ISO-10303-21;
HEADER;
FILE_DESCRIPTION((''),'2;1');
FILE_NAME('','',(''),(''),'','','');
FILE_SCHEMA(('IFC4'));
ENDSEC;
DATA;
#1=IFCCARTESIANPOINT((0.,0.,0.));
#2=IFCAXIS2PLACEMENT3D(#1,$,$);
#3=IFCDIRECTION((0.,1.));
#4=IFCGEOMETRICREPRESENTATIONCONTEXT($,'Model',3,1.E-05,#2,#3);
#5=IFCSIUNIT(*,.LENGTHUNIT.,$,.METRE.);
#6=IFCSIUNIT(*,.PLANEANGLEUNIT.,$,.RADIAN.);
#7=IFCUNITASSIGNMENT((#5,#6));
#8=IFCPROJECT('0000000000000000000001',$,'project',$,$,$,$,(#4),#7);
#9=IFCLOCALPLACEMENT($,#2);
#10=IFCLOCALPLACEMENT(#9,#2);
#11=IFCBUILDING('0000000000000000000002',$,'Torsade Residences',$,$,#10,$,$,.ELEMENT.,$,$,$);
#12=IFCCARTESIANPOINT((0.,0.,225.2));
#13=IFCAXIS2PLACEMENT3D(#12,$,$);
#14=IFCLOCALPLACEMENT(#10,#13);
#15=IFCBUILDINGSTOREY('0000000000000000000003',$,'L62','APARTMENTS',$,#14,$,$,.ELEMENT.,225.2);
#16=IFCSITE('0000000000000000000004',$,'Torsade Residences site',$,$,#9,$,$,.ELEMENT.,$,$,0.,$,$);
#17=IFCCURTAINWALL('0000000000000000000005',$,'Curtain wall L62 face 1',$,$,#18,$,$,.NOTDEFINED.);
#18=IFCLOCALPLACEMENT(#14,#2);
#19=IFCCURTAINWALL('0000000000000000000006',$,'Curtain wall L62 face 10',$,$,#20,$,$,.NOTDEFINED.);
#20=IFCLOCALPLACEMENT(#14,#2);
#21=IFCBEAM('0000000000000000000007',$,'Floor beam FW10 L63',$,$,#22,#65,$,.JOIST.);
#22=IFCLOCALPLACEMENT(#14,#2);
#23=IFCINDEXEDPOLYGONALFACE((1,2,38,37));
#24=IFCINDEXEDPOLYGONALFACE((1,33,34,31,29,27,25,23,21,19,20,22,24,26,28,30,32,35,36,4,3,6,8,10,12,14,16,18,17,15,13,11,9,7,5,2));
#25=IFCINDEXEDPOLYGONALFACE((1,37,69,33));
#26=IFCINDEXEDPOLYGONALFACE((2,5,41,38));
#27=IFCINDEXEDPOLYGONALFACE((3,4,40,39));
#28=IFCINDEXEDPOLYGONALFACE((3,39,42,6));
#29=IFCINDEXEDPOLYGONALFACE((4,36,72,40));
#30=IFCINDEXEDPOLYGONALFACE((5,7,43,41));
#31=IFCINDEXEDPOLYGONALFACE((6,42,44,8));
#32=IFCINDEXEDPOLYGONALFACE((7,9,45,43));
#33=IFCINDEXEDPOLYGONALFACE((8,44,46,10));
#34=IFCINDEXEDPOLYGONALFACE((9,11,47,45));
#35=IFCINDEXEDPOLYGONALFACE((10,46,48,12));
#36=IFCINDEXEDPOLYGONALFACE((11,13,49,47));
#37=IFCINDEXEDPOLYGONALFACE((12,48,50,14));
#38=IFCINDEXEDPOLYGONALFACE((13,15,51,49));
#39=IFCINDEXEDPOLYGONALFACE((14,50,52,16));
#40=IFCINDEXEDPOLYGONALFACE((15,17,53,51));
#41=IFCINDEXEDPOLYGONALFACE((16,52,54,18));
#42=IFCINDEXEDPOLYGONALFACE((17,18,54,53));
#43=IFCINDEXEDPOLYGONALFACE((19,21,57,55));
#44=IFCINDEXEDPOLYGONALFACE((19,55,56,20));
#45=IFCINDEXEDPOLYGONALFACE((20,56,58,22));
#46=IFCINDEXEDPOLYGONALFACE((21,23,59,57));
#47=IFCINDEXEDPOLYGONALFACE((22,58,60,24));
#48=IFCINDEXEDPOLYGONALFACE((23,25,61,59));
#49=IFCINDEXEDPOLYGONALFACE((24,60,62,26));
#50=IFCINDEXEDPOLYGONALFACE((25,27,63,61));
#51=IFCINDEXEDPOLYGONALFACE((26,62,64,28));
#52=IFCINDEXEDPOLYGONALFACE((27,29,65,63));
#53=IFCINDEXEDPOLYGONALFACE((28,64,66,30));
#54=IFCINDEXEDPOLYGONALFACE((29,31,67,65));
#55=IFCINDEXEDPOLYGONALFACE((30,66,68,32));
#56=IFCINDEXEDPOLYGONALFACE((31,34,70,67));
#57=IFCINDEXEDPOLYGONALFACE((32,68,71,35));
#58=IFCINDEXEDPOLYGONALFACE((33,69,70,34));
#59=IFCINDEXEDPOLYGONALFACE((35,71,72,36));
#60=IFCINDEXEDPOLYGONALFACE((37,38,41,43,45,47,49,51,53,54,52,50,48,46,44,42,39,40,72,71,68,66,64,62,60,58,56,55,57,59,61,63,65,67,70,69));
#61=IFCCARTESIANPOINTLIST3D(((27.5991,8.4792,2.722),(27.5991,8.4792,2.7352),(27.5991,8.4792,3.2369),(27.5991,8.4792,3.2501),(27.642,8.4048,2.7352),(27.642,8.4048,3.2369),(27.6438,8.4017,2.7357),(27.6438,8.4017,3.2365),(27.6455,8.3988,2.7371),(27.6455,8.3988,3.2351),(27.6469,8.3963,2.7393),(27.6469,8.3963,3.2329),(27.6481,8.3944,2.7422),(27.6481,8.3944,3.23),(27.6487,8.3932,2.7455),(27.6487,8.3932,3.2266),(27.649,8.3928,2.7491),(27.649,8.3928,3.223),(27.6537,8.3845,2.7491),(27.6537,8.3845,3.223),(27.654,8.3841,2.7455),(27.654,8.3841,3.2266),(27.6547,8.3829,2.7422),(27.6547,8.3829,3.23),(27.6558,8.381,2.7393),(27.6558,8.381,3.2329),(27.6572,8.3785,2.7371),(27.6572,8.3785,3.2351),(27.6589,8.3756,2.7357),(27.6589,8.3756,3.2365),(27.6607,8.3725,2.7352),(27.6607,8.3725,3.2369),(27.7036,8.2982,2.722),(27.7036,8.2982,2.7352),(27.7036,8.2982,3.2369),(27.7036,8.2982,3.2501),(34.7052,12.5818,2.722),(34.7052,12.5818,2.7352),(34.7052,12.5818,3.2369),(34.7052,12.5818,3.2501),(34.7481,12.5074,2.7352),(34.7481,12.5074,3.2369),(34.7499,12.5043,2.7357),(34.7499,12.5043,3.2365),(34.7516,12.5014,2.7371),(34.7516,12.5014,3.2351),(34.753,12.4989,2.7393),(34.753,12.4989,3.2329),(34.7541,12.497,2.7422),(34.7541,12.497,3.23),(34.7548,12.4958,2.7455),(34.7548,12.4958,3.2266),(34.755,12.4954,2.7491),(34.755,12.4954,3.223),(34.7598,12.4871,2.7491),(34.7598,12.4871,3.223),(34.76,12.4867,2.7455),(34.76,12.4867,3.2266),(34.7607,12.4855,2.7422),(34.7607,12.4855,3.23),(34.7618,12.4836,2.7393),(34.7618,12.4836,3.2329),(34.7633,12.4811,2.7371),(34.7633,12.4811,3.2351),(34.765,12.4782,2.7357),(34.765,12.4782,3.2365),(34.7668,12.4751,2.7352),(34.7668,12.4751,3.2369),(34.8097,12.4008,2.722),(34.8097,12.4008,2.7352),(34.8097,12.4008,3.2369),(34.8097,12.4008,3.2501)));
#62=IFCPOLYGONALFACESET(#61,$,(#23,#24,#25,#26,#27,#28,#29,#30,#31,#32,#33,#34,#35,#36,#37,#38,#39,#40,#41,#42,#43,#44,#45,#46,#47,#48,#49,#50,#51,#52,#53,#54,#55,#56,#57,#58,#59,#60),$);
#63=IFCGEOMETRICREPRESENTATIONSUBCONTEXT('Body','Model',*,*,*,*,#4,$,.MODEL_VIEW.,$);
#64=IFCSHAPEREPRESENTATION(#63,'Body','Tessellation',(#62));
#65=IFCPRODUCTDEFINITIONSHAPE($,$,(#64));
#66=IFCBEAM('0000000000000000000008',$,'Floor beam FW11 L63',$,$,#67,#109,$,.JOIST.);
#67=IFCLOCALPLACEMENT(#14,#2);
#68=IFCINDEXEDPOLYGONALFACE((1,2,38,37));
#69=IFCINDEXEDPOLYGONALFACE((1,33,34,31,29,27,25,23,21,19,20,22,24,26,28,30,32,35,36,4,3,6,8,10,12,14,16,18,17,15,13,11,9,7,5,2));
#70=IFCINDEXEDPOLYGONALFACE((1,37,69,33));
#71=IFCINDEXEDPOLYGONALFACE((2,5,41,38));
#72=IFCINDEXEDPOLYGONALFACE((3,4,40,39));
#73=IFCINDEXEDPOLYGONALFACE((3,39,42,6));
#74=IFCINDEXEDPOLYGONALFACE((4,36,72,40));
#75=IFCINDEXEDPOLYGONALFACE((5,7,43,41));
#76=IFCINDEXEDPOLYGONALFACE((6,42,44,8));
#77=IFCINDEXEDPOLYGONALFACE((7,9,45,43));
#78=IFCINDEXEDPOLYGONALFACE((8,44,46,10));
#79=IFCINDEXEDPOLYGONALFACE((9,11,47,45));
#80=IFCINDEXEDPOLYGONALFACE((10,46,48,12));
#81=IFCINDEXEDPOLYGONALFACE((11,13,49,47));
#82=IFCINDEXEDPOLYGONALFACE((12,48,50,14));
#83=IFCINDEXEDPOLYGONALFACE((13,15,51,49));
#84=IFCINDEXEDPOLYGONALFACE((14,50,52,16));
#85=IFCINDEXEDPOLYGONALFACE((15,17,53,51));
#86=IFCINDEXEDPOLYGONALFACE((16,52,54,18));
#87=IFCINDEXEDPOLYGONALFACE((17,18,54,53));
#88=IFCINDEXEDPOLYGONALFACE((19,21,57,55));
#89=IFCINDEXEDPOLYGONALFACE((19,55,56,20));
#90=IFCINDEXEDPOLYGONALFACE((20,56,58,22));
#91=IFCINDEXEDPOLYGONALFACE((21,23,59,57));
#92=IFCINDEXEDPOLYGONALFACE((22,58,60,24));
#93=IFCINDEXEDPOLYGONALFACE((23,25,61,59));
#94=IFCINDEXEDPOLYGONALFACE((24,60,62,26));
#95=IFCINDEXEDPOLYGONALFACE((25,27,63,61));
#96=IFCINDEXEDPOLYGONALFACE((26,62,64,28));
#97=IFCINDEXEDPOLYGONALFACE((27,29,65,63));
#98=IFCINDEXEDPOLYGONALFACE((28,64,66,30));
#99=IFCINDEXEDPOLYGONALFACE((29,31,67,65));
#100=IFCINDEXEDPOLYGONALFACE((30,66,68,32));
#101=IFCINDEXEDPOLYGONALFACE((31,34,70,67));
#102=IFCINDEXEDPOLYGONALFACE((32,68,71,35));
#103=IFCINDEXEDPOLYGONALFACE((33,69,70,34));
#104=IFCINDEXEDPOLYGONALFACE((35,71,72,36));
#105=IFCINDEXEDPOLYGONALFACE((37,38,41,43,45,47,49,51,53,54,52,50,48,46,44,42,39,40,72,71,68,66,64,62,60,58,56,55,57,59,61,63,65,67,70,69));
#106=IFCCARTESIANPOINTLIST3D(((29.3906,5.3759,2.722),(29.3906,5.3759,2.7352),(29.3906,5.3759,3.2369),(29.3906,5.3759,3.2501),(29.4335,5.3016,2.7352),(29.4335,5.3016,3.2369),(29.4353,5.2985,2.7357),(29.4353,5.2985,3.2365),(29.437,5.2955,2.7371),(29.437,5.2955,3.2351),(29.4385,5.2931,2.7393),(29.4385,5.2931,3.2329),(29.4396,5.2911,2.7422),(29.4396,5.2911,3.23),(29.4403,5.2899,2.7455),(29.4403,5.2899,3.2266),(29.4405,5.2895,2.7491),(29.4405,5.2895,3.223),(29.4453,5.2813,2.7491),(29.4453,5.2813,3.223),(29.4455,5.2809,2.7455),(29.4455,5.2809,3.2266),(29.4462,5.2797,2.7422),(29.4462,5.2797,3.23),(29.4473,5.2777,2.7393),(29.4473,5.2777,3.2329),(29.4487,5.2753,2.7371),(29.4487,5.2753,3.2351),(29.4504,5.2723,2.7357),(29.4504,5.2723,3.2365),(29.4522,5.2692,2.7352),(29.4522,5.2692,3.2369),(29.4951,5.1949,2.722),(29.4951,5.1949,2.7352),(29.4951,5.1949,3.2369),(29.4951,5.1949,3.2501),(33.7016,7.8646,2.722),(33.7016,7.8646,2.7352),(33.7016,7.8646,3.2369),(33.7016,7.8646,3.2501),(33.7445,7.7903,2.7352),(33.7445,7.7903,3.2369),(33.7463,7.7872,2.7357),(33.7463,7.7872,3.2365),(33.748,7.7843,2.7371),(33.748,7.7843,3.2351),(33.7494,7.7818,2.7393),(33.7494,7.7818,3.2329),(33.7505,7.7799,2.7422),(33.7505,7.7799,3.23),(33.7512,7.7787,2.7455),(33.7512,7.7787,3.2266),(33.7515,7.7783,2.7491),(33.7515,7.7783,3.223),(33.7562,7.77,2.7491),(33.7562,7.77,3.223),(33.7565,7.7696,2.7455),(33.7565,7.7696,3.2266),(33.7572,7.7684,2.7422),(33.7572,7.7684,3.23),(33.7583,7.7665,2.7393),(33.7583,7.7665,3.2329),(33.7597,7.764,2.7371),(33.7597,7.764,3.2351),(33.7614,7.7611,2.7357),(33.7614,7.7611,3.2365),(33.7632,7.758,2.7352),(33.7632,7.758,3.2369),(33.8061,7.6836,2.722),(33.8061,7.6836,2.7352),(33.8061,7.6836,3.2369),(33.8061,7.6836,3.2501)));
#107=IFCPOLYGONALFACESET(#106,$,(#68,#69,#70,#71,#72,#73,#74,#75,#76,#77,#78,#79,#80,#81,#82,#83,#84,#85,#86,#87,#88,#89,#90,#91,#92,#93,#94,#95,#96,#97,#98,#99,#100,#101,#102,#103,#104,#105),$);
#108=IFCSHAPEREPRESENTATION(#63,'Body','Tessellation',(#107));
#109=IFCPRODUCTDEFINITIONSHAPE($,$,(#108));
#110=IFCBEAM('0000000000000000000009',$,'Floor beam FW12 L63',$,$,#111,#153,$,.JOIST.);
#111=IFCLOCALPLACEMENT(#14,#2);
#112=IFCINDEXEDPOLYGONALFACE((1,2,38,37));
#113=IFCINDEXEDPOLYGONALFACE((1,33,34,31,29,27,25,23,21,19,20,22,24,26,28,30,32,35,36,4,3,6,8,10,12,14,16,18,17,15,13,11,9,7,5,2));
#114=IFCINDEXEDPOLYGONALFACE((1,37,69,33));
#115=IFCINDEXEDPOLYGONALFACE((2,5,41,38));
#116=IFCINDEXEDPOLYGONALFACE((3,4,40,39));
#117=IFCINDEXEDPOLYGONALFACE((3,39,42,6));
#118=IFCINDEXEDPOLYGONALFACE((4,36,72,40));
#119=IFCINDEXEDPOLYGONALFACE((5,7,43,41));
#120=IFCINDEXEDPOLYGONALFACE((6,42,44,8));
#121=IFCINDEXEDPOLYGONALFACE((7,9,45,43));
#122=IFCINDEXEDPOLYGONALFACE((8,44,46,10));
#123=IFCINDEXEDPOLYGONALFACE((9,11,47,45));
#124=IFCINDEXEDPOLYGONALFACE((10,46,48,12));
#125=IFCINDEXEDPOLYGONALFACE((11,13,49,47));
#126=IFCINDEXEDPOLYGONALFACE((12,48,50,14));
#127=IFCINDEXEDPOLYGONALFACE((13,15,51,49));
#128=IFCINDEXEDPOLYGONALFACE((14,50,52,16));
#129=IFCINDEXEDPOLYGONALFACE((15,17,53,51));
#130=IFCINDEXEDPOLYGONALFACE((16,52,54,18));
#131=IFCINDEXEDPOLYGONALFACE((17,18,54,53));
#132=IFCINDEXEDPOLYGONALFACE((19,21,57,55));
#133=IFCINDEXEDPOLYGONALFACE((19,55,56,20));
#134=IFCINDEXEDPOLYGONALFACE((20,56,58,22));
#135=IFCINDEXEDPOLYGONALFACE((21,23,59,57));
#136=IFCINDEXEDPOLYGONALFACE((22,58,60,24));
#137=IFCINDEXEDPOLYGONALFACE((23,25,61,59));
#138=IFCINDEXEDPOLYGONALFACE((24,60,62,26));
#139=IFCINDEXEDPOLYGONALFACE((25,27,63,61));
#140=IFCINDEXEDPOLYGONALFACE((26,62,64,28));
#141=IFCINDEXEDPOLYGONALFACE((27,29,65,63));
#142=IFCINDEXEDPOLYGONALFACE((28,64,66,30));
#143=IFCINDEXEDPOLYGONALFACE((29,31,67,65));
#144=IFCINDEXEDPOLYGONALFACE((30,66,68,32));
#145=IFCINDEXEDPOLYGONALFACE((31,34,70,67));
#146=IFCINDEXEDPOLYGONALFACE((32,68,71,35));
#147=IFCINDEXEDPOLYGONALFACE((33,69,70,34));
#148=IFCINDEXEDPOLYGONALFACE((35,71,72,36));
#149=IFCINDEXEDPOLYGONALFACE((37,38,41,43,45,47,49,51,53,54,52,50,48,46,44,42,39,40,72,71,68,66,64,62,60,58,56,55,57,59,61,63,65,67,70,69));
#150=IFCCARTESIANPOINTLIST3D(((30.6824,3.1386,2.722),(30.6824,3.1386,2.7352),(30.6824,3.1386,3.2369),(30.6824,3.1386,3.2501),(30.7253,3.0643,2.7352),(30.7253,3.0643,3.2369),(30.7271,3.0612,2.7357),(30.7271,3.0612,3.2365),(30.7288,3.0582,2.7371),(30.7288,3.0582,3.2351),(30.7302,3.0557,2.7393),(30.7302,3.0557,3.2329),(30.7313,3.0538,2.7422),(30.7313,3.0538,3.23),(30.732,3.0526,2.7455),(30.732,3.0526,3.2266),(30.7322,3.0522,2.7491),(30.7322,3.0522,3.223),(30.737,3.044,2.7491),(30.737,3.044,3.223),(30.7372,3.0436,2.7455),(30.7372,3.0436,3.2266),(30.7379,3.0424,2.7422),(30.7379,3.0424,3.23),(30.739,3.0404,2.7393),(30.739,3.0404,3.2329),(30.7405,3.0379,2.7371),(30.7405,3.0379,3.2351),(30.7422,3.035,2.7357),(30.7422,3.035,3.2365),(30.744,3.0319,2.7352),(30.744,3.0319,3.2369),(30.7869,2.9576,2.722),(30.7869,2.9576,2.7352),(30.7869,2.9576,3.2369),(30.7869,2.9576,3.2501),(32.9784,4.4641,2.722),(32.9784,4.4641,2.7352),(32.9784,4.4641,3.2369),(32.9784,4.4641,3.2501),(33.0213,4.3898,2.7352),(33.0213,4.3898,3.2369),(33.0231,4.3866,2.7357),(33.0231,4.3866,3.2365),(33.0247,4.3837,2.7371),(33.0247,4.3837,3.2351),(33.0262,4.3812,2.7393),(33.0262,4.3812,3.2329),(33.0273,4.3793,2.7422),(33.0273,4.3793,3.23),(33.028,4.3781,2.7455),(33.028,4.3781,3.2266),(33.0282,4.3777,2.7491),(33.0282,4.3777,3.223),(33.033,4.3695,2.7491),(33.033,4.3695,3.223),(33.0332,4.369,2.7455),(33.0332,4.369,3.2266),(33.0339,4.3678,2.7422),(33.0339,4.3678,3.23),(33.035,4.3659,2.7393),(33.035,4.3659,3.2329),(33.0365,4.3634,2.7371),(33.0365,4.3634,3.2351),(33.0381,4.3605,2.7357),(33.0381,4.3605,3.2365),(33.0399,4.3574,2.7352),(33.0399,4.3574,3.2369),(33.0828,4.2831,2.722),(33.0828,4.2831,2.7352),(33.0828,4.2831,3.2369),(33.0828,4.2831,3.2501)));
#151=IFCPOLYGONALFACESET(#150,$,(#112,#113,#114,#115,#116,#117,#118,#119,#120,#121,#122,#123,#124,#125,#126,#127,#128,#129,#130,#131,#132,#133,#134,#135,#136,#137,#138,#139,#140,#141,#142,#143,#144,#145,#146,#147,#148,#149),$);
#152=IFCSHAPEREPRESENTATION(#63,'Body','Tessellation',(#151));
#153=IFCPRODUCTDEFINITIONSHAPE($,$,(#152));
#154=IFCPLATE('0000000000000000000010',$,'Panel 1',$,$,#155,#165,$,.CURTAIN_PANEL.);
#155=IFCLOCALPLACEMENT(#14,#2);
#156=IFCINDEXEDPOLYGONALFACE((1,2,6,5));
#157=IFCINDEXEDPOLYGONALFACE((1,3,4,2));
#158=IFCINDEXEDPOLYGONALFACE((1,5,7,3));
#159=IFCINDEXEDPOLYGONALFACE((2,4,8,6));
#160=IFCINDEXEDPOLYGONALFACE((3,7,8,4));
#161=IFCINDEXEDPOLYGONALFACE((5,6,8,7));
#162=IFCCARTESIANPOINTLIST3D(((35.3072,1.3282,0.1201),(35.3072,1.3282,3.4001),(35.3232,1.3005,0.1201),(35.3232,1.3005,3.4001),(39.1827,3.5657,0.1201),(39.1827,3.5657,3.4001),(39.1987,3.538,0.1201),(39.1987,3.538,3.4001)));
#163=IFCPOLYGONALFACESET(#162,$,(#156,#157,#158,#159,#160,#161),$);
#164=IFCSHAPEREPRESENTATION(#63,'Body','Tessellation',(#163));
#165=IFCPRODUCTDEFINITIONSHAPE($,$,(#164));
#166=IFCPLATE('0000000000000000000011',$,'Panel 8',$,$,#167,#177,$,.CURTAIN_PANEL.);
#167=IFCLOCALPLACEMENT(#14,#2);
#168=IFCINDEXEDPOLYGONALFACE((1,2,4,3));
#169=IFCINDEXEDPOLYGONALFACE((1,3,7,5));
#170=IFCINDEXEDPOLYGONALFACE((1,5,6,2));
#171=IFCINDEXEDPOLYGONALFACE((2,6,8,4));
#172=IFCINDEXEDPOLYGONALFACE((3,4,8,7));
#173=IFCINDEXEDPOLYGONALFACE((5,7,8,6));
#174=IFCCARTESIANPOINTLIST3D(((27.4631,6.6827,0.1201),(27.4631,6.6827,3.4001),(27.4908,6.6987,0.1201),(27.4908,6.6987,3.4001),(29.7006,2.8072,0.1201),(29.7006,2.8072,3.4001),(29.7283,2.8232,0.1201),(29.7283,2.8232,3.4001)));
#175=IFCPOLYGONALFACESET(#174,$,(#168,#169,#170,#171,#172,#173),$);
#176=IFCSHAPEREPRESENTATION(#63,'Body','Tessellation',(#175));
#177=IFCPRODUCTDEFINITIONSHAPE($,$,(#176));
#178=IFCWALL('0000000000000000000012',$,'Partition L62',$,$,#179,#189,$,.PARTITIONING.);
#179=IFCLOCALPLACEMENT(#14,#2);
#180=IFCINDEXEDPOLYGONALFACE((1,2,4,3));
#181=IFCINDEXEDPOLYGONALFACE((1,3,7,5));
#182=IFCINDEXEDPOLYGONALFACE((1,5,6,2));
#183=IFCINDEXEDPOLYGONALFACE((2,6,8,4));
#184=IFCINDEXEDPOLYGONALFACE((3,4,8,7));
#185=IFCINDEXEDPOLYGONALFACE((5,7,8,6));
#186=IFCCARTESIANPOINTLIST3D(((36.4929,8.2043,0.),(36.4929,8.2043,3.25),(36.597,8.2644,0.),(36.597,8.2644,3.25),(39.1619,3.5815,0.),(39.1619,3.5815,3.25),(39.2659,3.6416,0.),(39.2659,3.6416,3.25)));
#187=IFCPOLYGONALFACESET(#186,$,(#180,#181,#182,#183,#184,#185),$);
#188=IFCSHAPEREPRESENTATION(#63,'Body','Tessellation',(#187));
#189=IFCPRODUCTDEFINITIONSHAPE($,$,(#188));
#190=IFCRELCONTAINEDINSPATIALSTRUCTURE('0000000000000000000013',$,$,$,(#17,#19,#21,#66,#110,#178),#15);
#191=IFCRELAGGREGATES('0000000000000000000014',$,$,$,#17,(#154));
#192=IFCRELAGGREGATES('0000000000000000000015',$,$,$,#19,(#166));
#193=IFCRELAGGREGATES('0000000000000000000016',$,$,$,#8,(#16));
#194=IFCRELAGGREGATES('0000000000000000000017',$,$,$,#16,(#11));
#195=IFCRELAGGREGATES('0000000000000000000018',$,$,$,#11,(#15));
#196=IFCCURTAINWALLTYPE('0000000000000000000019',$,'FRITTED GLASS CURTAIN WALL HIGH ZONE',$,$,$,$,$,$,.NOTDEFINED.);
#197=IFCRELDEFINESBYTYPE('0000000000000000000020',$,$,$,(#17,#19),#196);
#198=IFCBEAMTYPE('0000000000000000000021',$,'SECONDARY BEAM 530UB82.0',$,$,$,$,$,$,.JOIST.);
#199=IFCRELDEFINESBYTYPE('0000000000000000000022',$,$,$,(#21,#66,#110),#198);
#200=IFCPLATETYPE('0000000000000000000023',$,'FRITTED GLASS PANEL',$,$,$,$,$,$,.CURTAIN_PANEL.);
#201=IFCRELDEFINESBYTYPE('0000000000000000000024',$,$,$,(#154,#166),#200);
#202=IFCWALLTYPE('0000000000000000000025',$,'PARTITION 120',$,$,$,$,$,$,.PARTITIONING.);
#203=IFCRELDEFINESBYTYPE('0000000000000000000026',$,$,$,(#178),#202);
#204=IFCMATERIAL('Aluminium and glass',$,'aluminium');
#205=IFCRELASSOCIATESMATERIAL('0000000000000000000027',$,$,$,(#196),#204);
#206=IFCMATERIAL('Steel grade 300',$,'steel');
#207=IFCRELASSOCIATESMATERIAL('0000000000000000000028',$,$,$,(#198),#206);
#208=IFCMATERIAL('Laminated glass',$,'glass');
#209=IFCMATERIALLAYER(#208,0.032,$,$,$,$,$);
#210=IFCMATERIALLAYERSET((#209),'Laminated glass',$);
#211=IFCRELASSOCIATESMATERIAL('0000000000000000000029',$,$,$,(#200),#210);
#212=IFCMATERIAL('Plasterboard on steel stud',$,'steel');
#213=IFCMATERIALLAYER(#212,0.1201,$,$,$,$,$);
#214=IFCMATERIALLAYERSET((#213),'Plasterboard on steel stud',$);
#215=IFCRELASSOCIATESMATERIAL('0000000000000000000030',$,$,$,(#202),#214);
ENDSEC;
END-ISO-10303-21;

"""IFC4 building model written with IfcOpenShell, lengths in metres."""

from ifc_helpers import new_model, si_unit, direction, frame, frame_2d, origin, origin_2d, place, context, subcontext, project, spatial, rectangle, i_section, extrude, material, layer, layer_set, material_profile, profile_set, type_object, element, aggregate, save


model = new_model("IFC4")

# Units and contexts
model_context = context("Model", 3, precision=1e-05, world=origin(), true_north=direction((0.0, 1.0)))
body_context = subcontext(model_context, "Body", "Model", "MODEL_VIEW")
ifc_project = project(units=[si_unit("LENGTHUNIT", "METRE"), si_unit("PLANEANGLEUNIT", "RADIAN")], contexts=[model_context])

# Site, building, storey
site_placement = place(None, origin())
site = spatial("IfcSite", under=ifc_project, at=site_placement, Name="Torsade Residences site", CompositionType="ELEMENT", RefElevation=0.0)
building_placement = place(site_placement, origin())
building = spatial("IfcBuilding", under=site, at=building_placement, Name="Torsade Residences", CompositionType="ELEMENT")
storey_placement = place(building_placement, frame((0.0, 0.0, 225.2)))
storey = spatial("IfcBuildingStorey", under=building, at=storey_placement, Name="L62", Description="APARTMENTS", CompositionType="ELEMENT", Elevation=225.2)

# Curtain walls
ifc_material_1 = material(Name="Aluminium and glass", Category="aluminium")
curtain_wall_type = type_object("IfcCurtainWallType", Name="FRITTED GLASS CURTAIN WALL HIGH ZONE", PredefinedType="NOTDEFINED", material=ifc_material_1)
curtain_wall_1_placement = place(storey_placement, origin())
curtain_wall_1 = element("IfcCurtainWall", 1, at=curtain_wall_1_placement, inside=storey, type_object=curtain_wall_type, Name="Curtain wall L62 face 1", PredefinedType="NOTDEFINED")
curtain_wall_2_placement = place(storey_placement, origin())
curtain_wall_2 = element("IfcCurtainWall", 2, at=curtain_wall_2_placement, inside=storey, type_object=curtain_wall_type, Name="Curtain wall L62 face 10", PredefinedType="NOTDEFINED")

# Beams
ifc_material_2 = material(Name="Steel grade 300", Category="steel")
ifc_material_profile_1 = material_profile(ifc_material_2, i_section(OverallWidth=0.209, OverallDepth=0.5281, WebThickness=0.0095, FlangeThickness=0.0132, FilletRadius=0.0139, at=origin_2d()), Name="530UB82.0")
ifc_profile_set_1 = profile_set([ifc_material_profile_1], Name="Steel grade 300")
beam_type_1 = type_object("IfcBeamType", Name="SECONDARY BEAM 530UB82.0", PredefinedType="JOIST", material=ifc_profile_set_1)
beam_1_placement = place(storey_placement, frame((27.6514, 8.3887, 2.9861), z_axis=(0.86603, 0.499992, 0.0), x_axis=(-0.499992, 0.86603, 0.0)))
element("IfcBeam", 3, at=beam_1_placement, inside=storey, type_object=beam_type_1, Name="Floor beam FW10 L63", PredefinedType="JOIST", context=body_context, shape_type="SweptSolid", body=[
    extrude(i_section(OverallWidth=0.209, OverallDepth=0.5281, WebThickness=0.0095, FlangeThickness=0.0132, FilletRadius=0.0139, at=origin_2d()), origin(), (0.0, 0.0, 1.0), 8.2053),
])
beam_2_placement = place(storey_placement, frame((29.4429, 5.2854, 2.9861), z_axis=(0.866043, 0.499969, 0.0), x_axis=(-0.499969, 0.866043, 0.0)))
element("IfcBeam", 4, at=beam_2_placement, inside=storey, type_object=beam_type_1, Name="Floor beam FW11 L63", PredefinedType="JOIST", context=body_context, shape_type="SweptSolid", body=[
    extrude(i_section(OverallWidth=0.209, OverallDepth=0.5281, WebThickness=0.0095, FlangeThickness=0.0132, FilletRadius=0.0139, at=origin_2d()), origin(), (0.0, 0.0, 1.0), 4.9778),
])
beam_3_placement = place(storey_placement, frame((30.7346, 3.0481, 2.9861), z_axis=(0.866041, 0.499972, 0.0), x_axis=(-0.499972, 0.866041, 0.0)))
element("IfcBeam", 5, at=beam_3_placement, inside=storey, type_object=beam_type_1, Name="Floor beam FW12 L63", PredefinedType="JOIST", context=body_context, shape_type="SweptSolid", body=[
    extrude(i_section(OverallWidth=0.209, OverallDepth=0.5281, WebThickness=0.0095, FlangeThickness=0.0132, FilletRadius=0.0139, at=origin_2d()), origin(), (0.0, 0.0, 1.0), 2.6511),
])

# Plates
ifc_material_3 = material(Name="Laminated glass", Category="glass")
ifc_layer_1 = layer(ifc_material_3, 0.032)
ifc_layer_set_1 = layer_set([ifc_layer_1], Name="Laminated glass")
plate_type = type_object("IfcPlateType", Name="FRITTED GLASS PANEL", PredefinedType="CURTAIN_PANEL", material=ifc_layer_set_1)
plate_1_placement = place(storey_placement, frame((37.2529, 2.4331, 0.1201), z_axis=(0.0, 0.0, 1.0), x_axis=(0.866025, 0.5, 0.0)))
plate_1 = element("IfcPlate", 6, at=plate_1_placement, type_object=plate_type, Name="Panel 1", PredefinedType="CURTAIN_PANEL", context=body_context, shape_type="SweptSolid", body=[
    extrude(rectangle(XDim=4.4751, YDim=0.032, at=origin_2d()), origin(), (0.0, 0.0, 1.0), 3.28),
])
aggregate(curtain_wall_1, [plate_1])
plate_2_placement = place(storey_placement, frame((28.5957, 4.7529, 0.1201), z_axis=(0.0, 0.0, 1.0), x_axis=(0.5, -0.866025, 0.0)))
plate_2 = element("IfcPlate", 7, at=plate_2_placement, type_object=plate_type, Name="Panel 8", PredefinedType="CURTAIN_PANEL", context=body_context, shape_type="SweptSolid", body=[
    extrude(rectangle(XDim=4.4751, YDim=0.032, at=origin_2d()), origin(), (0.0, 0.0, 1.0), 3.28),
])
aggregate(curtain_wall_2, [plate_2])

# Wall
ifc_material_4 = material(Name="Plasterboard on steel stud", Category="steel")
ifc_layer_2 = layer(ifc_material_4, 0.1201)
ifc_layer_set_2 = layer_set([ifc_layer_2], Name="Plasterboard on steel stud")
wall_type_1 = type_object("IfcWallType", Name="PARTITION 120", PredefinedType="PARTITIONING", material=ifc_layer_set_2)
wall_1_placement = place(storey_placement, frame((39.2139, 3.6116, 0.0), z_axis=(0.0, 0.0, 1.0), x_axis=(-0.499996, 0.866028, 0.0)))
element("IfcWall", 8, at=wall_1_placement, inside=storey, type_object=wall_type_1, Name="Partition L62", PredefinedType="PARTITIONING", context=body_context, shape_type="SweptSolid", body=[
    extrude(rectangle(XDim=5.3379, YDim=0.1201, at=frame_2d((2.6689, 0.0))), origin(), (0.0, 0.0, 1.0), 3.25),
])

save(model, "model.ifc")
